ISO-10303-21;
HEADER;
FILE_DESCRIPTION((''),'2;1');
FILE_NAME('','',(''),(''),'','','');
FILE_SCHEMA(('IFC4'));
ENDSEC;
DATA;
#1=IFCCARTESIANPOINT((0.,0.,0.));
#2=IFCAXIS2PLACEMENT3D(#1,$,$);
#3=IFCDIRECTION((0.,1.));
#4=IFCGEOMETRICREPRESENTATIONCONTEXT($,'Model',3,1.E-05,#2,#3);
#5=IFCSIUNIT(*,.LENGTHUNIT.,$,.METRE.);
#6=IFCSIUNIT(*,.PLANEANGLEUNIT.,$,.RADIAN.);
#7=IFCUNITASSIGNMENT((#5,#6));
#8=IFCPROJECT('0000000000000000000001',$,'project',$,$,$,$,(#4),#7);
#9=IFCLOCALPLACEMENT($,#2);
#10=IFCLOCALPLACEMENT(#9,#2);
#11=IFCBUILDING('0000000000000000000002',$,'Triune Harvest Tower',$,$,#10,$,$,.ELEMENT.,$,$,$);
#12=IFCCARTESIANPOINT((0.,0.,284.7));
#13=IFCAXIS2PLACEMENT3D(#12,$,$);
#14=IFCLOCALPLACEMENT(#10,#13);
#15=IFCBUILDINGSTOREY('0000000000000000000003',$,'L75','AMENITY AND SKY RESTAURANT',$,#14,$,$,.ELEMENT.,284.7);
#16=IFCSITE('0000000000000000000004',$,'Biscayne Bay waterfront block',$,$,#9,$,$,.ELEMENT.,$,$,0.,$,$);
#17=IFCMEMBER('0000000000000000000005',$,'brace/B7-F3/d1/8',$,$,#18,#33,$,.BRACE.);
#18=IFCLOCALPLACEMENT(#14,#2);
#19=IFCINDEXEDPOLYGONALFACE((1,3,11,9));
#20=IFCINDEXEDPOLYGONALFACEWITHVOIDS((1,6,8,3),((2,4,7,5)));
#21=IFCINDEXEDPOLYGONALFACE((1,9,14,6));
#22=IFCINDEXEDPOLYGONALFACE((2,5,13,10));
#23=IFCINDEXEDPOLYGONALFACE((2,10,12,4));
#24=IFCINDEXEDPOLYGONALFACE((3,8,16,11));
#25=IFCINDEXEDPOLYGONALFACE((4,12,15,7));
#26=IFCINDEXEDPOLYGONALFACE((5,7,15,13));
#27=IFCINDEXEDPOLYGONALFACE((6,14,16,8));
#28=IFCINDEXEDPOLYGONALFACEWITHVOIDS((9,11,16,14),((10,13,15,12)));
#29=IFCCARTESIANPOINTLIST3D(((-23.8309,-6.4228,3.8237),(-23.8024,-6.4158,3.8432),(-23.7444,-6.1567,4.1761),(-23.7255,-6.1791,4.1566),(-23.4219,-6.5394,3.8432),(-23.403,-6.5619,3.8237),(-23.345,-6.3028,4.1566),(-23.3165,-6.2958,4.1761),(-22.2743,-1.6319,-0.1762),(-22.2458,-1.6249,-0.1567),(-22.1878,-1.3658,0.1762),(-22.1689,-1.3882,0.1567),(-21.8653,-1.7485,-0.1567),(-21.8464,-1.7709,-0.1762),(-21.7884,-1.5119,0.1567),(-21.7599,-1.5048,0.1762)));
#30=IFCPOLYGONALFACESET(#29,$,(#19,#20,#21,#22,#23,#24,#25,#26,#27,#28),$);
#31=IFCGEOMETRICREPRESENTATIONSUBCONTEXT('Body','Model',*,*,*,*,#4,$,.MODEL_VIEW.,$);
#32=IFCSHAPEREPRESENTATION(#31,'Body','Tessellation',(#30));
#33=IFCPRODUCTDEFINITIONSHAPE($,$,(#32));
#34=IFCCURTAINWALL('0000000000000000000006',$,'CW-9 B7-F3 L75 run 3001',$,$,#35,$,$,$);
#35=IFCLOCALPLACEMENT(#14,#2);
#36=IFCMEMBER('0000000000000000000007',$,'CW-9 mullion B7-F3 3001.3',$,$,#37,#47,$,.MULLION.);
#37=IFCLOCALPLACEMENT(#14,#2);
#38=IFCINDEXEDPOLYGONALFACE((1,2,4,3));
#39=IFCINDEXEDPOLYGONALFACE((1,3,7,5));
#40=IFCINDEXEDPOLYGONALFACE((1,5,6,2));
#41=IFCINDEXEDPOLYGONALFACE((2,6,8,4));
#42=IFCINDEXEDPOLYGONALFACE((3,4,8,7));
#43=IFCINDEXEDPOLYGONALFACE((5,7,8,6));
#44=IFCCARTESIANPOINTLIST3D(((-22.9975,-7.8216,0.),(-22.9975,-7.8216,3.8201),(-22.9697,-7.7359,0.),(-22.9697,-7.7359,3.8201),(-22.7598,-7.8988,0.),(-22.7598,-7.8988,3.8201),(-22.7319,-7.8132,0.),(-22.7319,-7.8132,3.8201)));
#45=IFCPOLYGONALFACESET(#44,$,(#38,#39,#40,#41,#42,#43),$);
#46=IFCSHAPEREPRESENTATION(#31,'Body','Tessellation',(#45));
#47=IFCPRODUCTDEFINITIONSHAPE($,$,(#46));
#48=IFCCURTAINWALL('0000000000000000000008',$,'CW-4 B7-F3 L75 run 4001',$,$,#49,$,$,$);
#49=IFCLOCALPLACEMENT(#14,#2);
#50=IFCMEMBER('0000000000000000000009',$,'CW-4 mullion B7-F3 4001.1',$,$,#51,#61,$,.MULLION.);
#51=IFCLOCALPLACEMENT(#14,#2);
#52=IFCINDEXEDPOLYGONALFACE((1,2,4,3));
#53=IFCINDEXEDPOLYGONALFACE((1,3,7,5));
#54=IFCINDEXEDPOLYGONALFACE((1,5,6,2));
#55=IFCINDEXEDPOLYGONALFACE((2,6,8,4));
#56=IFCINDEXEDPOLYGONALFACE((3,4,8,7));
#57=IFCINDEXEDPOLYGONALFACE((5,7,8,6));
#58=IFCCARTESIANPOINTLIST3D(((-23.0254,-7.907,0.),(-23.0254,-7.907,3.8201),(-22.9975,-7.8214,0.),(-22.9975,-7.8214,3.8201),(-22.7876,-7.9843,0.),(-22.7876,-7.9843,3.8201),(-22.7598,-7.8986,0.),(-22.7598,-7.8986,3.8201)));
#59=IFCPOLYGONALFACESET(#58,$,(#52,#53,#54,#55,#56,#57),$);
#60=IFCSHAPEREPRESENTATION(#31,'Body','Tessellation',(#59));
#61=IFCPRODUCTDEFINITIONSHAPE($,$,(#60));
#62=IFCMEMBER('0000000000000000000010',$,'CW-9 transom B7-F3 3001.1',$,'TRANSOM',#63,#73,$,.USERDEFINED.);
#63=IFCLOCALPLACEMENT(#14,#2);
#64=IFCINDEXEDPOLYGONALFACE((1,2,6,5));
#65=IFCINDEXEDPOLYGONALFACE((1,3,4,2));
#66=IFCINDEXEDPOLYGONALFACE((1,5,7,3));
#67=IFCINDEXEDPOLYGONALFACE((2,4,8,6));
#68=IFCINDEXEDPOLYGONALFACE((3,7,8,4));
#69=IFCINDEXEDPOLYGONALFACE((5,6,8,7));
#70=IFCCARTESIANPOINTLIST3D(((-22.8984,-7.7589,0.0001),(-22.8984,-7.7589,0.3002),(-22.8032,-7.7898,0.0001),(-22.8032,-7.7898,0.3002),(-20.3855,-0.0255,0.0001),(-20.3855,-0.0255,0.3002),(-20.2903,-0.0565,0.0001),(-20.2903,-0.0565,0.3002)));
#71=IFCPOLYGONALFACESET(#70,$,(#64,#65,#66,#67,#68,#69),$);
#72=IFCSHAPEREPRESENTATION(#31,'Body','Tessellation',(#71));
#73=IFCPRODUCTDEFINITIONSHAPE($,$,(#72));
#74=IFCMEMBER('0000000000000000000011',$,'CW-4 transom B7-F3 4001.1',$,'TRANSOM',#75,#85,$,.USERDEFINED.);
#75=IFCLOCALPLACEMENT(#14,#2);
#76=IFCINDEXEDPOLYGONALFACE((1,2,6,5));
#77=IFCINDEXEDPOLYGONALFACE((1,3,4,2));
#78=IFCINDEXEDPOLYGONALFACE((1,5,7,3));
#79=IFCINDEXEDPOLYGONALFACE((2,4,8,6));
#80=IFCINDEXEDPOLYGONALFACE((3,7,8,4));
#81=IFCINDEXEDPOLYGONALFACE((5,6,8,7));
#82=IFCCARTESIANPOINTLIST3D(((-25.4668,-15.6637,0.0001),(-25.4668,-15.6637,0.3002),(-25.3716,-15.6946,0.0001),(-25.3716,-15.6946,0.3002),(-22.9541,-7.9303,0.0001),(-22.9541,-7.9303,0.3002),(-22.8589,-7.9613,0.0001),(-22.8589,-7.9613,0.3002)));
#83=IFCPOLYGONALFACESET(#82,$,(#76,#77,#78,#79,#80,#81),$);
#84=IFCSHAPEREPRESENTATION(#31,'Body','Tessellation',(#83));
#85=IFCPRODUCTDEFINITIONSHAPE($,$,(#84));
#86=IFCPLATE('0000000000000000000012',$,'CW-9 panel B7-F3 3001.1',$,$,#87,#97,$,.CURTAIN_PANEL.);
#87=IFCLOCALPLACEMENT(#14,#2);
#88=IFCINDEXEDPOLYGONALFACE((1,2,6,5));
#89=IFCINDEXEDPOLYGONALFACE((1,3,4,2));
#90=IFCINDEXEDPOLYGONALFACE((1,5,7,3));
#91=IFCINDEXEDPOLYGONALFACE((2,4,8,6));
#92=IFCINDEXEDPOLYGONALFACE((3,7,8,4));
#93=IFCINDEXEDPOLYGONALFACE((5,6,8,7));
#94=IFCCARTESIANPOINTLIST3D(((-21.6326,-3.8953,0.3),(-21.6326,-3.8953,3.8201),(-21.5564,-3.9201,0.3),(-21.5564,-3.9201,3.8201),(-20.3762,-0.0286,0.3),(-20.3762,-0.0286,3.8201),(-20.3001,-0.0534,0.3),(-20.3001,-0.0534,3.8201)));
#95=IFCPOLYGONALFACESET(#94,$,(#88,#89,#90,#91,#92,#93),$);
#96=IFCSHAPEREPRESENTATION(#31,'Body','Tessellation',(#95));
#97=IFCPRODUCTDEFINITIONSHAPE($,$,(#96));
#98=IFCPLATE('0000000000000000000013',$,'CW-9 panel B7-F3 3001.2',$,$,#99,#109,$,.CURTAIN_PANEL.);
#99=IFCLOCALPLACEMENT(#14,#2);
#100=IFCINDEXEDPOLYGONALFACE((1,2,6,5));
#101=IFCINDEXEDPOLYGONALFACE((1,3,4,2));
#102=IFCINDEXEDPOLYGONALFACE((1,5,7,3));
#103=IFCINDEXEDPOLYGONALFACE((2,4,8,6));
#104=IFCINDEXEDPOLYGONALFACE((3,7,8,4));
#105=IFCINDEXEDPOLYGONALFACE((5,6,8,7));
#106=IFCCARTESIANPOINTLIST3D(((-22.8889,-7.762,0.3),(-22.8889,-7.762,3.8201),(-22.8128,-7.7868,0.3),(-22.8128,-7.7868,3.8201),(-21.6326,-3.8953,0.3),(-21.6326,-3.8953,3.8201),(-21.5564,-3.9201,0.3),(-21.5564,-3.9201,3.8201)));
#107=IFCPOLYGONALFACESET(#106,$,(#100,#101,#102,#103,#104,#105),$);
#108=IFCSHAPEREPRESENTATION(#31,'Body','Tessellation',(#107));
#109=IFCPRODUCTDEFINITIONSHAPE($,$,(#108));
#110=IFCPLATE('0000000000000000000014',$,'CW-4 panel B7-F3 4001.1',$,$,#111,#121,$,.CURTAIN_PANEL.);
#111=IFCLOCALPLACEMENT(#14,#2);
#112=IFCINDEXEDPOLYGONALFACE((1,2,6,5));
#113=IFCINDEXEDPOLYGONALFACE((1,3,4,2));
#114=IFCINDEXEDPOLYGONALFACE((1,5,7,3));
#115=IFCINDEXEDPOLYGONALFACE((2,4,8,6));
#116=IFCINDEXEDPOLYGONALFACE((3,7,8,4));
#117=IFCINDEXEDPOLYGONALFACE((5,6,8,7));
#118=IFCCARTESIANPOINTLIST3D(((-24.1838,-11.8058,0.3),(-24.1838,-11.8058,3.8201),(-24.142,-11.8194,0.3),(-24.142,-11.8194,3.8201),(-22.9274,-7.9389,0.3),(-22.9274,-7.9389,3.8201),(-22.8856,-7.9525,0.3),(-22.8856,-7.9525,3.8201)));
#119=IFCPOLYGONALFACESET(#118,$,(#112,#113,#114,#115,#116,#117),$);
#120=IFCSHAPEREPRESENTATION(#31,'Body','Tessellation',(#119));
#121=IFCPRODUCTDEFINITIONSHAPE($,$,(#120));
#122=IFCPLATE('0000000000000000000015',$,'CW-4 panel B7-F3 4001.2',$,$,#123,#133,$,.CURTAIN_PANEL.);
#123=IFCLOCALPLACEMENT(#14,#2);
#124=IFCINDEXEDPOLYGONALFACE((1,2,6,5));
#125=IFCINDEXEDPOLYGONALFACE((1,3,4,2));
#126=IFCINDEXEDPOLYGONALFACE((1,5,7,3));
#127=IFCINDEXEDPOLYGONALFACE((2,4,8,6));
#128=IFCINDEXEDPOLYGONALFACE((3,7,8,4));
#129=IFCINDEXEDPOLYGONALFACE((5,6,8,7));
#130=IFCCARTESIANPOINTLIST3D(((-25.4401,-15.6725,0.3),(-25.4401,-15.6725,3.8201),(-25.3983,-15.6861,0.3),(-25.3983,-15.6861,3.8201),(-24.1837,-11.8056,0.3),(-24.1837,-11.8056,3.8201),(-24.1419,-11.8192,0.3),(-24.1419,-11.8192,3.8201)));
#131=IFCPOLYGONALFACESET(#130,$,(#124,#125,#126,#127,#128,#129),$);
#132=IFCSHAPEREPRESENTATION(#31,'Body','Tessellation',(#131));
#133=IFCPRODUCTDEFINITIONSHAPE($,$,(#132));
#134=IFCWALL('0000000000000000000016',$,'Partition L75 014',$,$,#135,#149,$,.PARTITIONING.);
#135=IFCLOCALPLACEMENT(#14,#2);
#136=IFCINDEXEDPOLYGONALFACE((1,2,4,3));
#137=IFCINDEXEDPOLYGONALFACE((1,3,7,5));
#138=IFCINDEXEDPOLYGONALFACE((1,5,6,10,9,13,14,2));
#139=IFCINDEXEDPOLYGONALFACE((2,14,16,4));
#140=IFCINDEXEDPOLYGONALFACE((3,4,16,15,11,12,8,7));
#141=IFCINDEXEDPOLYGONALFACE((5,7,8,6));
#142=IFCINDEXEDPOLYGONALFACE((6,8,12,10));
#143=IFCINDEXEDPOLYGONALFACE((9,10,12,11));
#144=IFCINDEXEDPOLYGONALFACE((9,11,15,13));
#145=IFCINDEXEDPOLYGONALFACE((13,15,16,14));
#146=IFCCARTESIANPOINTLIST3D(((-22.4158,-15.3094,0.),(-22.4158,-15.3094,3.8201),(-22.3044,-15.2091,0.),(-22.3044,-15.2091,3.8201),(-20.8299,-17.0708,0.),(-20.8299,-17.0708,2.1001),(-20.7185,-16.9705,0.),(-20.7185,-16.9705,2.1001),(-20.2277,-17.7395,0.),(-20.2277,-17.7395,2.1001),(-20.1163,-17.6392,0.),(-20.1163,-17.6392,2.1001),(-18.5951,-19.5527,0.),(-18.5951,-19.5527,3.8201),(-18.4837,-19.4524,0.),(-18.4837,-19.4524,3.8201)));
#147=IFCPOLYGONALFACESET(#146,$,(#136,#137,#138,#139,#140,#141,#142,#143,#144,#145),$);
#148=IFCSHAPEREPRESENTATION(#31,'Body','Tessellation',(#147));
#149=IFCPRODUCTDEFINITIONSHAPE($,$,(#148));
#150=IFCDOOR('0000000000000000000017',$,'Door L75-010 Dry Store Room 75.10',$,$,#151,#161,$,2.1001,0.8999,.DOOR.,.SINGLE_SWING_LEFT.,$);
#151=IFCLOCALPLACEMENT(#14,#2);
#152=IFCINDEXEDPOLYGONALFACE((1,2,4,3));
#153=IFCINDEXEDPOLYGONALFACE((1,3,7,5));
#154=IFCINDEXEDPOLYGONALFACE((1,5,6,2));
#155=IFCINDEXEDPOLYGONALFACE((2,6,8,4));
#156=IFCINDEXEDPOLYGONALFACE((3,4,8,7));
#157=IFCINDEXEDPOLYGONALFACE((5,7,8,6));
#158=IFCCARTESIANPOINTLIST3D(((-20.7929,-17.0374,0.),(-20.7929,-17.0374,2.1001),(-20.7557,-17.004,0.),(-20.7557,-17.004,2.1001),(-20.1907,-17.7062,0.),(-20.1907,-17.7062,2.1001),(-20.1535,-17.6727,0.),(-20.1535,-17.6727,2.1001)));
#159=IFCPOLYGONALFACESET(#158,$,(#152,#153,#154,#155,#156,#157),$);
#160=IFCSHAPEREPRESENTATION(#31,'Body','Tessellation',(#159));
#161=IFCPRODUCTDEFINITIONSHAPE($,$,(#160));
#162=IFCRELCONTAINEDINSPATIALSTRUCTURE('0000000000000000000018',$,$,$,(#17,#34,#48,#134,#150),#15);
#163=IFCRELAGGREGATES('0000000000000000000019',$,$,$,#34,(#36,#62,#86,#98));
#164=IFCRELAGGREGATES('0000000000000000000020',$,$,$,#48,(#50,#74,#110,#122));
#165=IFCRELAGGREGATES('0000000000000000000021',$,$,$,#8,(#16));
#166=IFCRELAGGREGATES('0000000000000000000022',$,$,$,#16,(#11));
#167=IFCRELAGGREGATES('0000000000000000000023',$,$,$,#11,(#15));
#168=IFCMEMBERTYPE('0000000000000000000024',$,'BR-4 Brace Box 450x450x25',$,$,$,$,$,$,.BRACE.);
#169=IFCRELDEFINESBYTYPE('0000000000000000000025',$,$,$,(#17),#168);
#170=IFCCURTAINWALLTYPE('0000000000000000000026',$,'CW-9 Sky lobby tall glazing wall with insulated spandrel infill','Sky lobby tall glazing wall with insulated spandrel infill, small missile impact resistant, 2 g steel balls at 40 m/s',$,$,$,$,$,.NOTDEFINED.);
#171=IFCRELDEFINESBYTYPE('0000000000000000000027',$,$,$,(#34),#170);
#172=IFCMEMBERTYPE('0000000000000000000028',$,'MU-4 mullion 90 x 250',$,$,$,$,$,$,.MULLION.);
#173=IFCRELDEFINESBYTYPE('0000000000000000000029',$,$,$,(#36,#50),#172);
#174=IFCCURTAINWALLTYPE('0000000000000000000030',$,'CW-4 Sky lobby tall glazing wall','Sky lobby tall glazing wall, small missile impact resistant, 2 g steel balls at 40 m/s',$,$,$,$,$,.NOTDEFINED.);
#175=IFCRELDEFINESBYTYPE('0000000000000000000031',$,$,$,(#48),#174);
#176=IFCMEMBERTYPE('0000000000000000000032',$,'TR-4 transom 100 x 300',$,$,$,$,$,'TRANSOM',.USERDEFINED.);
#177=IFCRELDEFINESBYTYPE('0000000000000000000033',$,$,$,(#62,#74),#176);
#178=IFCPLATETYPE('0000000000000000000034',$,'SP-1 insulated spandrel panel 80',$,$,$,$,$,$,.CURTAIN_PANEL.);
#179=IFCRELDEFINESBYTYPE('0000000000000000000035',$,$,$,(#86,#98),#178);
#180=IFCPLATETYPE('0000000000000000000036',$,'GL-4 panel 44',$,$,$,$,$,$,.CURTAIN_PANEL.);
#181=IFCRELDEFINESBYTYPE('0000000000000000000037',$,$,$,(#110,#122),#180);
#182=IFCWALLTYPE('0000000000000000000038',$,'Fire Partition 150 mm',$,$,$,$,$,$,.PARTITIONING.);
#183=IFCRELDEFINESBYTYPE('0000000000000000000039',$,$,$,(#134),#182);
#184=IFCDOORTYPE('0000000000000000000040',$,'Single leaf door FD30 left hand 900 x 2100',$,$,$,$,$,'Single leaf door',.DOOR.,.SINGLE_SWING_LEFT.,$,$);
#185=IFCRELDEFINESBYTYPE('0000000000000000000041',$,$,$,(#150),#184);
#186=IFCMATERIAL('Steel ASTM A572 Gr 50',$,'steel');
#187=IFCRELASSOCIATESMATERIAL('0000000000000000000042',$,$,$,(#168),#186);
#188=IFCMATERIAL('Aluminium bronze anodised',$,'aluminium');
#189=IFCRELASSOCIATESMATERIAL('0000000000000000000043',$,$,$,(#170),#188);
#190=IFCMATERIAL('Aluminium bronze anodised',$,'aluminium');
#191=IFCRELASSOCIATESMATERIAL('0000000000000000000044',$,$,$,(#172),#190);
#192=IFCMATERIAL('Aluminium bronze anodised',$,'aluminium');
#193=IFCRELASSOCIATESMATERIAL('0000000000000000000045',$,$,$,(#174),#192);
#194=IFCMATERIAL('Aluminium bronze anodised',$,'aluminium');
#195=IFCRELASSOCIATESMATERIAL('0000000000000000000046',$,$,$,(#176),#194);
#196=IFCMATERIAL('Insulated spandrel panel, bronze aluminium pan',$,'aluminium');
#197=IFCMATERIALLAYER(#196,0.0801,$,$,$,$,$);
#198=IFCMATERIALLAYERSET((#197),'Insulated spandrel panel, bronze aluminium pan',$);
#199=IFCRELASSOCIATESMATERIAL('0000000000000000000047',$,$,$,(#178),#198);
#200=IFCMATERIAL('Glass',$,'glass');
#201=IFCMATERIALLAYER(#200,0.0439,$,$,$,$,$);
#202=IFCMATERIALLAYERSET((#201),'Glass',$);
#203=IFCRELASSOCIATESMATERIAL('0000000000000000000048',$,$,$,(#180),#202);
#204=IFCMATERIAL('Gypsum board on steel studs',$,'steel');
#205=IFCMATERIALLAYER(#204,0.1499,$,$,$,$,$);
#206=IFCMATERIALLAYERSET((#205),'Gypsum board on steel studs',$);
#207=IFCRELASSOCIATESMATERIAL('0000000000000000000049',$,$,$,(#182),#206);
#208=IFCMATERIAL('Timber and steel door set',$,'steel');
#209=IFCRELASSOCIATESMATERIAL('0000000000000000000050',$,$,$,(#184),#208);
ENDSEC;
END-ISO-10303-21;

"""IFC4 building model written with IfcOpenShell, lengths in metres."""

from ifc_helpers import new_model, si_unit, direction, frame, frame_2d, origin, origin_2d, place, context, subcontext, project, spatial, rectangle, hollow_rectangle, extrude, source, transform, mapped, material, layer, layer_set, material_profile, profile_set, type_object, element, fill, aggregate, save


model = new_model("IFC4")

# Units and contexts
model_context = context("Model", 3, precision=1e-05, world=origin(), true_north=direction((0.0, 1.0)))
body_context = subcontext(model_context, "Body", "Model", "MODEL_VIEW")
ifc_project = project(units=[si_unit("LENGTHUNIT", "METRE"), si_unit("PLANEANGLEUNIT", "RADIAN")], contexts=[model_context])

# Site, building, storey
site_placement = place(None, origin())
site = spatial("IfcSite", under=ifc_project, at=site_placement, Name="Biscayne Bay waterfront block", CompositionType="ELEMENT", RefElevation=0.0)
building_placement = place(site_placement, origin())
building = spatial("IfcBuilding", under=site, at=building_placement, Name="Triune Harvest Tower", CompositionType="ELEMENT")
storey_placement = place(building_placement, frame((0.0, 0.0, 284.7)))
storey = spatial("IfcBuildingStorey", under=building, at=storey_placement, Name="L75", Description="AMENITY AND SKY RESTAURANT", CompositionType="ELEMENT", Elevation=284.7)

# Member
ifc_material_1 = material(Name="Steel ASTM A572 Gr 50", Category="steel")
ifc_material_profile_1 = material_profile(ifc_material_1, hollow_rectangle(XDim=0.45, YDim=0.45, WallThickness=0.0249, at=origin_2d()), Name="Box 450x450x25")
ifc_profile_set_1 = profile_set([ifc_material_profile_1], Name="Steel ASTM A572 Gr 50")
member_type_1 = type_object("IfcMemberType", Name="BR-4 Brace Box 450x450x25", PredefinedType="BRACE", material=ifc_profile_set_1)
shared_shape_1 = source(origin(), body_context, "Body", "SweptSolid", [
    extrude(hollow_rectangle(XDim=0.45, YDim=0.45, WallThickness=0.0249, at=origin_2d()), origin(), (0.0, 0.0, 1.0), 6.4324),
])
member_1_placement = place(storey_placement, frame((-22.0171, -1.5684, 0.0), z_axis=(-0.241996, -0.744815, 0.621843), x_axis=(0.95106, -0.309007, 0.0)))
element("IfcMember", 1, at=member_1_placement, inside=storey, type_object=member_type_1, Name="brace/B7-F3/d1/8", PredefinedType="BRACE", context=body_context, shape_type="MappedRepresentation", body=[
    mapped(shared_shape_1, transform((0.0, 0.0, 0.0), scale=1.0)),
])

# Curtain walls, members
ifc_material_2 = material(Name="Aluminium bronze anodised", Category="aluminium")
curtain_wall_type_1 = type_object("IfcCurtainWallType", Name="CW-9 Sky lobby tall glazing wall with insulated spandrel infill", Description="Sky lobby tall glazing wall with insulated spandrel infill, small missile impact resistant, 2 g steel balls at 40 m/s", PredefinedType="NOTDEFINED", material=ifc_material_2)
curtain_wall_1_placement = place(storey_placement, origin())
curtain_wall_1 = element("IfcCurtainWall", 2, at=curtain_wall_1_placement, inside=storey, type_object=curtain_wall_type_1, Name="CW-9 B7-F3 L75 run 3001")
ifc_material_3 = material(Name="Aluminium bronze anodised", Category="aluminium")
ifc_material_profile_2 = material_profile(ifc_material_3, rectangle(XDim=0.25, YDim=0.0901, at=origin_2d()), Name="MU-4 mullion 90 x 250")
ifc_profile_set_2 = profile_set([ifc_material_profile_2], Name="Aluminium bronze anodised")
member_type_2 = type_object("IfcMemberType", Name="MU-4 mullion 90 x 250", PredefinedType="MULLION", material=ifc_profile_set_2)
shared_shape_2 = source(origin(), body_context, "Body", "SweptSolid", [
    extrude(rectangle(XDim=0.25, YDim=0.0901, at=origin_2d()), origin(), (0.0, 0.0, 1.0), 3.8201),
])
member_2_placement = place(storey_placement, frame((-22.8647, -7.8174, 0.0), z_axis=(0.0, 0.0, 1.0), x_axis=(0.951057, -0.309014, 0.0)))
member_2 = element("IfcMember", 3, at=member_2_placement, type_object=member_type_2, Name="CW-9 mullion B7-F3 3001.3", PredefinedType="MULLION", context=body_context, shape_type="MappedRepresentation", body=[
    mapped(shared_shape_2, transform((0.0, 0.0, 0.0), scale=1.0)),
])
ifc_material_4 = material(Name="Aluminium bronze anodised", Category="aluminium")
curtain_wall_type_2 = type_object("IfcCurtainWallType", Name="CW-4 Sky lobby tall glazing wall", Description="Sky lobby tall glazing wall, small missile impact resistant, 2 g steel balls at 40 m/s", PredefinedType="NOTDEFINED", material=ifc_material_4)
curtain_wall_2_placement = place(storey_placement, origin())
curtain_wall_2 = element("IfcCurtainWall", 4, at=curtain_wall_2_placement, inside=storey, type_object=curtain_wall_type_2, Name="CW-4 B7-F3 L75 run 4001")
member_3_placement = place(storey_placement, frame((-22.8926, -7.9028, 0.0), z_axis=(0.0, 0.0, 1.0), x_axis=(0.951058, -0.309013, 0.0)))
member_3 = element("IfcMember", 5, at=member_3_placement, type_object=member_type_2, Name="CW-4 mullion B7-F3 4001.1", PredefinedType="MULLION", context=body_context, shape_type="MappedRepresentation", body=[
    mapped(shared_shape_2, transform((0.0, 0.0, 0.0), scale=1.0)),
])

# Members
ifc_material_5 = material(Name="Aluminium bronze anodised", Category="aluminium")
ifc_material_profile_3 = material_profile(ifc_material_5, rectangle(XDim=0.1001, YDim=0.3, at=origin_2d()), Name="TR-4 transom 100 x 300")
ifc_profile_set_3 = profile_set([ifc_material_profile_3], Name="Aluminium bronze anodised")
member_type_3 = type_object("IfcMemberType", Name="TR-4 transom 100 x 300", ElementType="TRANSOM", PredefinedType="USERDEFINED", material=ifc_profile_set_3)
shared_shape_3 = source(origin(), body_context, "Body", "SweptSolid", [
    extrude(rectangle(XDim=0.1001, YDim=0.3, at=origin_2d()), origin(), (0.0, 0.0, 1.0), 8.1313),
])
member_4_placement = place(storey_placement, frame((-20.3379, -0.041, 0.1501), z_axis=(-0.30904, -0.951049, 0.0), x_axis=(0.951049, -0.30904, 0.0)))
member_4 = element("IfcMember", 6, at=member_4_placement, type_object=member_type_3, Name="CW-9 transom B7-F3 3001.1", ObjectType="TRANSOM", PredefinedType="USERDEFINED", context=body_context, shape_type="MappedRepresentation", body=[
    mapped(shared_shape_3, transform((0.0, 0.0, 0.0), scale=1.0)),
])
member_5_placement = place(storey_placement, frame((-22.9065, -7.9458, 0.1501), z_axis=(-0.309013, -0.951058, 0.0), x_axis=(0.951058, -0.309013, 0.0)))
member_5 = element("IfcMember", 7, at=member_5_placement, type_object=member_type_3, Name="CW-4 transom B7-F3 4001.1", ObjectType="TRANSOM", PredefinedType="USERDEFINED", context=body_context, shape_type="MappedRepresentation", body=[
    mapped(shared_shape_3, transform((0.0, 0.0, 0.0), scale=1.0)),
])

# Plates
ifc_material_6 = material(Name="Insulated spandrel panel, bronze aluminium pan", Category="aluminium")
ifc_layer_1 = layer(ifc_material_6, 0.0801)
ifc_layer_set_1 = layer_set([ifc_layer_1], Name="Insulated spandrel panel, bronze aluminium pan")
plate_type_1 = type_object("IfcPlateType", Name="SP-1 insulated spandrel panel 80", PredefinedType="CURTAIN_PANEL", material=ifc_layer_set_1)
shared_shape_4 = source(origin(), body_context, "Body", "SweptSolid", [
    extrude(rectangle(XDim=4.0657, YDim=0.0801, at=origin_2d()), origin(), (0.0, 0.0, 1.0), 3.52),
])
plate_1_placement = place(storey_placement, frame((-20.9663, -1.9744, 0.3), z_axis=(0.0, 0.0, 1.0), x_axis=(-0.309014, -0.951057, 0.0)))
plate_1 = element("IfcPlate", 8, at=plate_1_placement, type_object=plate_type_1, Name="CW-9 panel B7-F3 3001.1", PredefinedType="CURTAIN_PANEL", context=body_context, shape_type="MappedRepresentation", body=[
    mapped(shared_shape_4, transform((0.0, 0.0, 0.0), scale=1.0)),
])
plate_2_placement = place(storey_placement, frame((-22.2227, -5.8411, 0.3), z_axis=(0.0, 0.0, 1.0), x_axis=(-0.309014, -0.951057, 0.0)))
plate_2 = element("IfcPlate", 9, at=plate_2_placement, type_object=plate_type_1, Name="CW-9 panel B7-F3 3001.2", PredefinedType="CURTAIN_PANEL", context=body_context, shape_type="MappedRepresentation", body=[
    mapped(shared_shape_4, transform((0.0, 0.0, 0.0), scale=1.0)),
])
aggregate(curtain_wall_1, [member_2, member_4, plate_1, plate_2])
ifc_material_7 = material(Name="Glass", Category="glass")
ifc_layer_2 = layer(ifc_material_7, 0.0439)
ifc_layer_set_2 = layer_set([ifc_layer_2], Name="Glass")
plate_type_2 = type_object("IfcPlateType", Name="GL-4 panel 44", PredefinedType="CURTAIN_PANEL", material=ifc_layer_set_2)
shared_shape_5 = source(origin(), body_context, "Body", "SweptSolid", [
    extrude(rectangle(XDim=4.0659, YDim=0.0439, at=origin_2d()), origin(), (0.0, 0.0, 1.0), 3.52),
])
plate_3_placement = place(storey_placement, frame((-23.5347, -9.8792, 0.3), z_axis=(0.0, 0.0, 1.0), x_axis=(-0.309013, -0.951058, 0.0)))
plate_3 = element("IfcPlate", 10, at=plate_3_placement, type_object=plate_type_2, Name="CW-4 panel B7-F3 4001.1", PredefinedType="CURTAIN_PANEL", context=body_context, shape_type="MappedRepresentation", body=[
    mapped(shared_shape_5, transform((0.0, 0.0, 0.0), scale=1.0)),
])
plate_4_placement = place(storey_placement, frame((-24.791, -13.7458, 0.3), z_axis=(0.0, 0.0, 1.0), x_axis=(-0.309013, -0.951058, 0.0)))
plate_4 = element("IfcPlate", 11, at=plate_4_placement, type_object=plate_type_2, Name="CW-4 panel B7-F3 4001.2", PredefinedType="CURTAIN_PANEL", context=body_context, shape_type="MappedRepresentation", body=[
    mapped(shared_shape_5, transform((0.0, 0.0, 0.0), scale=1.0)),
])
aggregate(curtain_wall_2, [member_3, member_5, plate_3, plate_4])

# Wall, opening, door
ifc_material_8 = material(Name="Gypsum board on steel studs", Category="steel")
ifc_layer_3 = layer(ifc_material_8, 0.1499)
ifc_layer_set_3 = layer_set([ifc_layer_3], Name="Gypsum board on steel studs")
wall_type_1 = type_object("IfcWallType", Name="Fire Partition 150 mm", PredefinedType="PARTITIONING", material=ifc_layer_set_3)
wall_1_placement = place(storey_placement, frame((-22.3601, -15.2593, 0.0), z_axis=(0.0, 0.0, 1.0), x_axis=(0.669132, -0.743143, 0.0)))
wall_1 = element("IfcWall", 12, at=wall_1_placement, inside=storey, type_object=wall_type_1, Name="Partition L75 014", PredefinedType="PARTITIONING", context=body_context, shape_type="SweptSolid", body=[
    extrude(rectangle(XDim=5.71, YDim=0.1499, at=frame_2d((2.855, 0.0))), origin(), (0.0, 0.0, 1.0), 3.8201),
])
opening_1_placement = place(wall_1_placement, frame((2.3701, 0.0, 0.0)))
opening_1 = element("IfcOpeningElement", 13, at=opening_1_placement, cuts=wall_1, PredefinedType="OPENING", context=body_context, shape_type="SweptSolid", body=[
    extrude(rectangle(XDim=0.8999, YDim=2.1001, at=frame_2d((0.45, 1.05))), frame((0.0, 0.085, 0.0), z_axis=(0.0, -1.0, 0.0), x_axis=(1.0, 0.0, 0.0)), (0.0, 0.0, 1.0), 0.1699),
])
ifc_material_9 = material(Name="Timber and steel door set", Category="steel")
door_type_1 = type_object("IfcDoorType", Name="Single leaf door FD30 left hand 900 x 2100", ElementType="Single leaf door", OperationType="SINGLE_SWING_LEFT", PredefinedType="DOOR", material=ifc_material_9)
door_1_placement = place(opening_1_placement, origin())
door_1 = element("IfcDoor", 14, at=door_1_placement, inside=storey, type_object=door_type_1, Name="Door L75-010 Dry Store Room 75.10", OperationType="SINGLE_SWING_LEFT", OverallHeight=2.1001, OverallWidth=0.8999, PredefinedType="DOOR", context=body_context, shape_type="SweptSolid", body=[
    extrude(rectangle(XDim=0.8999, YDim=2.1001, at=frame_2d((0.45, 1.05))), frame((0.0, 0.0249, 0.0), z_axis=(0.0, -1.0, 0.0), x_axis=(1.0, 0.0, 0.0)), (0.0, 0.0, 1.0), 0.05),
])
fill(opening_1, door_1)

save(model, "model.ifc")
